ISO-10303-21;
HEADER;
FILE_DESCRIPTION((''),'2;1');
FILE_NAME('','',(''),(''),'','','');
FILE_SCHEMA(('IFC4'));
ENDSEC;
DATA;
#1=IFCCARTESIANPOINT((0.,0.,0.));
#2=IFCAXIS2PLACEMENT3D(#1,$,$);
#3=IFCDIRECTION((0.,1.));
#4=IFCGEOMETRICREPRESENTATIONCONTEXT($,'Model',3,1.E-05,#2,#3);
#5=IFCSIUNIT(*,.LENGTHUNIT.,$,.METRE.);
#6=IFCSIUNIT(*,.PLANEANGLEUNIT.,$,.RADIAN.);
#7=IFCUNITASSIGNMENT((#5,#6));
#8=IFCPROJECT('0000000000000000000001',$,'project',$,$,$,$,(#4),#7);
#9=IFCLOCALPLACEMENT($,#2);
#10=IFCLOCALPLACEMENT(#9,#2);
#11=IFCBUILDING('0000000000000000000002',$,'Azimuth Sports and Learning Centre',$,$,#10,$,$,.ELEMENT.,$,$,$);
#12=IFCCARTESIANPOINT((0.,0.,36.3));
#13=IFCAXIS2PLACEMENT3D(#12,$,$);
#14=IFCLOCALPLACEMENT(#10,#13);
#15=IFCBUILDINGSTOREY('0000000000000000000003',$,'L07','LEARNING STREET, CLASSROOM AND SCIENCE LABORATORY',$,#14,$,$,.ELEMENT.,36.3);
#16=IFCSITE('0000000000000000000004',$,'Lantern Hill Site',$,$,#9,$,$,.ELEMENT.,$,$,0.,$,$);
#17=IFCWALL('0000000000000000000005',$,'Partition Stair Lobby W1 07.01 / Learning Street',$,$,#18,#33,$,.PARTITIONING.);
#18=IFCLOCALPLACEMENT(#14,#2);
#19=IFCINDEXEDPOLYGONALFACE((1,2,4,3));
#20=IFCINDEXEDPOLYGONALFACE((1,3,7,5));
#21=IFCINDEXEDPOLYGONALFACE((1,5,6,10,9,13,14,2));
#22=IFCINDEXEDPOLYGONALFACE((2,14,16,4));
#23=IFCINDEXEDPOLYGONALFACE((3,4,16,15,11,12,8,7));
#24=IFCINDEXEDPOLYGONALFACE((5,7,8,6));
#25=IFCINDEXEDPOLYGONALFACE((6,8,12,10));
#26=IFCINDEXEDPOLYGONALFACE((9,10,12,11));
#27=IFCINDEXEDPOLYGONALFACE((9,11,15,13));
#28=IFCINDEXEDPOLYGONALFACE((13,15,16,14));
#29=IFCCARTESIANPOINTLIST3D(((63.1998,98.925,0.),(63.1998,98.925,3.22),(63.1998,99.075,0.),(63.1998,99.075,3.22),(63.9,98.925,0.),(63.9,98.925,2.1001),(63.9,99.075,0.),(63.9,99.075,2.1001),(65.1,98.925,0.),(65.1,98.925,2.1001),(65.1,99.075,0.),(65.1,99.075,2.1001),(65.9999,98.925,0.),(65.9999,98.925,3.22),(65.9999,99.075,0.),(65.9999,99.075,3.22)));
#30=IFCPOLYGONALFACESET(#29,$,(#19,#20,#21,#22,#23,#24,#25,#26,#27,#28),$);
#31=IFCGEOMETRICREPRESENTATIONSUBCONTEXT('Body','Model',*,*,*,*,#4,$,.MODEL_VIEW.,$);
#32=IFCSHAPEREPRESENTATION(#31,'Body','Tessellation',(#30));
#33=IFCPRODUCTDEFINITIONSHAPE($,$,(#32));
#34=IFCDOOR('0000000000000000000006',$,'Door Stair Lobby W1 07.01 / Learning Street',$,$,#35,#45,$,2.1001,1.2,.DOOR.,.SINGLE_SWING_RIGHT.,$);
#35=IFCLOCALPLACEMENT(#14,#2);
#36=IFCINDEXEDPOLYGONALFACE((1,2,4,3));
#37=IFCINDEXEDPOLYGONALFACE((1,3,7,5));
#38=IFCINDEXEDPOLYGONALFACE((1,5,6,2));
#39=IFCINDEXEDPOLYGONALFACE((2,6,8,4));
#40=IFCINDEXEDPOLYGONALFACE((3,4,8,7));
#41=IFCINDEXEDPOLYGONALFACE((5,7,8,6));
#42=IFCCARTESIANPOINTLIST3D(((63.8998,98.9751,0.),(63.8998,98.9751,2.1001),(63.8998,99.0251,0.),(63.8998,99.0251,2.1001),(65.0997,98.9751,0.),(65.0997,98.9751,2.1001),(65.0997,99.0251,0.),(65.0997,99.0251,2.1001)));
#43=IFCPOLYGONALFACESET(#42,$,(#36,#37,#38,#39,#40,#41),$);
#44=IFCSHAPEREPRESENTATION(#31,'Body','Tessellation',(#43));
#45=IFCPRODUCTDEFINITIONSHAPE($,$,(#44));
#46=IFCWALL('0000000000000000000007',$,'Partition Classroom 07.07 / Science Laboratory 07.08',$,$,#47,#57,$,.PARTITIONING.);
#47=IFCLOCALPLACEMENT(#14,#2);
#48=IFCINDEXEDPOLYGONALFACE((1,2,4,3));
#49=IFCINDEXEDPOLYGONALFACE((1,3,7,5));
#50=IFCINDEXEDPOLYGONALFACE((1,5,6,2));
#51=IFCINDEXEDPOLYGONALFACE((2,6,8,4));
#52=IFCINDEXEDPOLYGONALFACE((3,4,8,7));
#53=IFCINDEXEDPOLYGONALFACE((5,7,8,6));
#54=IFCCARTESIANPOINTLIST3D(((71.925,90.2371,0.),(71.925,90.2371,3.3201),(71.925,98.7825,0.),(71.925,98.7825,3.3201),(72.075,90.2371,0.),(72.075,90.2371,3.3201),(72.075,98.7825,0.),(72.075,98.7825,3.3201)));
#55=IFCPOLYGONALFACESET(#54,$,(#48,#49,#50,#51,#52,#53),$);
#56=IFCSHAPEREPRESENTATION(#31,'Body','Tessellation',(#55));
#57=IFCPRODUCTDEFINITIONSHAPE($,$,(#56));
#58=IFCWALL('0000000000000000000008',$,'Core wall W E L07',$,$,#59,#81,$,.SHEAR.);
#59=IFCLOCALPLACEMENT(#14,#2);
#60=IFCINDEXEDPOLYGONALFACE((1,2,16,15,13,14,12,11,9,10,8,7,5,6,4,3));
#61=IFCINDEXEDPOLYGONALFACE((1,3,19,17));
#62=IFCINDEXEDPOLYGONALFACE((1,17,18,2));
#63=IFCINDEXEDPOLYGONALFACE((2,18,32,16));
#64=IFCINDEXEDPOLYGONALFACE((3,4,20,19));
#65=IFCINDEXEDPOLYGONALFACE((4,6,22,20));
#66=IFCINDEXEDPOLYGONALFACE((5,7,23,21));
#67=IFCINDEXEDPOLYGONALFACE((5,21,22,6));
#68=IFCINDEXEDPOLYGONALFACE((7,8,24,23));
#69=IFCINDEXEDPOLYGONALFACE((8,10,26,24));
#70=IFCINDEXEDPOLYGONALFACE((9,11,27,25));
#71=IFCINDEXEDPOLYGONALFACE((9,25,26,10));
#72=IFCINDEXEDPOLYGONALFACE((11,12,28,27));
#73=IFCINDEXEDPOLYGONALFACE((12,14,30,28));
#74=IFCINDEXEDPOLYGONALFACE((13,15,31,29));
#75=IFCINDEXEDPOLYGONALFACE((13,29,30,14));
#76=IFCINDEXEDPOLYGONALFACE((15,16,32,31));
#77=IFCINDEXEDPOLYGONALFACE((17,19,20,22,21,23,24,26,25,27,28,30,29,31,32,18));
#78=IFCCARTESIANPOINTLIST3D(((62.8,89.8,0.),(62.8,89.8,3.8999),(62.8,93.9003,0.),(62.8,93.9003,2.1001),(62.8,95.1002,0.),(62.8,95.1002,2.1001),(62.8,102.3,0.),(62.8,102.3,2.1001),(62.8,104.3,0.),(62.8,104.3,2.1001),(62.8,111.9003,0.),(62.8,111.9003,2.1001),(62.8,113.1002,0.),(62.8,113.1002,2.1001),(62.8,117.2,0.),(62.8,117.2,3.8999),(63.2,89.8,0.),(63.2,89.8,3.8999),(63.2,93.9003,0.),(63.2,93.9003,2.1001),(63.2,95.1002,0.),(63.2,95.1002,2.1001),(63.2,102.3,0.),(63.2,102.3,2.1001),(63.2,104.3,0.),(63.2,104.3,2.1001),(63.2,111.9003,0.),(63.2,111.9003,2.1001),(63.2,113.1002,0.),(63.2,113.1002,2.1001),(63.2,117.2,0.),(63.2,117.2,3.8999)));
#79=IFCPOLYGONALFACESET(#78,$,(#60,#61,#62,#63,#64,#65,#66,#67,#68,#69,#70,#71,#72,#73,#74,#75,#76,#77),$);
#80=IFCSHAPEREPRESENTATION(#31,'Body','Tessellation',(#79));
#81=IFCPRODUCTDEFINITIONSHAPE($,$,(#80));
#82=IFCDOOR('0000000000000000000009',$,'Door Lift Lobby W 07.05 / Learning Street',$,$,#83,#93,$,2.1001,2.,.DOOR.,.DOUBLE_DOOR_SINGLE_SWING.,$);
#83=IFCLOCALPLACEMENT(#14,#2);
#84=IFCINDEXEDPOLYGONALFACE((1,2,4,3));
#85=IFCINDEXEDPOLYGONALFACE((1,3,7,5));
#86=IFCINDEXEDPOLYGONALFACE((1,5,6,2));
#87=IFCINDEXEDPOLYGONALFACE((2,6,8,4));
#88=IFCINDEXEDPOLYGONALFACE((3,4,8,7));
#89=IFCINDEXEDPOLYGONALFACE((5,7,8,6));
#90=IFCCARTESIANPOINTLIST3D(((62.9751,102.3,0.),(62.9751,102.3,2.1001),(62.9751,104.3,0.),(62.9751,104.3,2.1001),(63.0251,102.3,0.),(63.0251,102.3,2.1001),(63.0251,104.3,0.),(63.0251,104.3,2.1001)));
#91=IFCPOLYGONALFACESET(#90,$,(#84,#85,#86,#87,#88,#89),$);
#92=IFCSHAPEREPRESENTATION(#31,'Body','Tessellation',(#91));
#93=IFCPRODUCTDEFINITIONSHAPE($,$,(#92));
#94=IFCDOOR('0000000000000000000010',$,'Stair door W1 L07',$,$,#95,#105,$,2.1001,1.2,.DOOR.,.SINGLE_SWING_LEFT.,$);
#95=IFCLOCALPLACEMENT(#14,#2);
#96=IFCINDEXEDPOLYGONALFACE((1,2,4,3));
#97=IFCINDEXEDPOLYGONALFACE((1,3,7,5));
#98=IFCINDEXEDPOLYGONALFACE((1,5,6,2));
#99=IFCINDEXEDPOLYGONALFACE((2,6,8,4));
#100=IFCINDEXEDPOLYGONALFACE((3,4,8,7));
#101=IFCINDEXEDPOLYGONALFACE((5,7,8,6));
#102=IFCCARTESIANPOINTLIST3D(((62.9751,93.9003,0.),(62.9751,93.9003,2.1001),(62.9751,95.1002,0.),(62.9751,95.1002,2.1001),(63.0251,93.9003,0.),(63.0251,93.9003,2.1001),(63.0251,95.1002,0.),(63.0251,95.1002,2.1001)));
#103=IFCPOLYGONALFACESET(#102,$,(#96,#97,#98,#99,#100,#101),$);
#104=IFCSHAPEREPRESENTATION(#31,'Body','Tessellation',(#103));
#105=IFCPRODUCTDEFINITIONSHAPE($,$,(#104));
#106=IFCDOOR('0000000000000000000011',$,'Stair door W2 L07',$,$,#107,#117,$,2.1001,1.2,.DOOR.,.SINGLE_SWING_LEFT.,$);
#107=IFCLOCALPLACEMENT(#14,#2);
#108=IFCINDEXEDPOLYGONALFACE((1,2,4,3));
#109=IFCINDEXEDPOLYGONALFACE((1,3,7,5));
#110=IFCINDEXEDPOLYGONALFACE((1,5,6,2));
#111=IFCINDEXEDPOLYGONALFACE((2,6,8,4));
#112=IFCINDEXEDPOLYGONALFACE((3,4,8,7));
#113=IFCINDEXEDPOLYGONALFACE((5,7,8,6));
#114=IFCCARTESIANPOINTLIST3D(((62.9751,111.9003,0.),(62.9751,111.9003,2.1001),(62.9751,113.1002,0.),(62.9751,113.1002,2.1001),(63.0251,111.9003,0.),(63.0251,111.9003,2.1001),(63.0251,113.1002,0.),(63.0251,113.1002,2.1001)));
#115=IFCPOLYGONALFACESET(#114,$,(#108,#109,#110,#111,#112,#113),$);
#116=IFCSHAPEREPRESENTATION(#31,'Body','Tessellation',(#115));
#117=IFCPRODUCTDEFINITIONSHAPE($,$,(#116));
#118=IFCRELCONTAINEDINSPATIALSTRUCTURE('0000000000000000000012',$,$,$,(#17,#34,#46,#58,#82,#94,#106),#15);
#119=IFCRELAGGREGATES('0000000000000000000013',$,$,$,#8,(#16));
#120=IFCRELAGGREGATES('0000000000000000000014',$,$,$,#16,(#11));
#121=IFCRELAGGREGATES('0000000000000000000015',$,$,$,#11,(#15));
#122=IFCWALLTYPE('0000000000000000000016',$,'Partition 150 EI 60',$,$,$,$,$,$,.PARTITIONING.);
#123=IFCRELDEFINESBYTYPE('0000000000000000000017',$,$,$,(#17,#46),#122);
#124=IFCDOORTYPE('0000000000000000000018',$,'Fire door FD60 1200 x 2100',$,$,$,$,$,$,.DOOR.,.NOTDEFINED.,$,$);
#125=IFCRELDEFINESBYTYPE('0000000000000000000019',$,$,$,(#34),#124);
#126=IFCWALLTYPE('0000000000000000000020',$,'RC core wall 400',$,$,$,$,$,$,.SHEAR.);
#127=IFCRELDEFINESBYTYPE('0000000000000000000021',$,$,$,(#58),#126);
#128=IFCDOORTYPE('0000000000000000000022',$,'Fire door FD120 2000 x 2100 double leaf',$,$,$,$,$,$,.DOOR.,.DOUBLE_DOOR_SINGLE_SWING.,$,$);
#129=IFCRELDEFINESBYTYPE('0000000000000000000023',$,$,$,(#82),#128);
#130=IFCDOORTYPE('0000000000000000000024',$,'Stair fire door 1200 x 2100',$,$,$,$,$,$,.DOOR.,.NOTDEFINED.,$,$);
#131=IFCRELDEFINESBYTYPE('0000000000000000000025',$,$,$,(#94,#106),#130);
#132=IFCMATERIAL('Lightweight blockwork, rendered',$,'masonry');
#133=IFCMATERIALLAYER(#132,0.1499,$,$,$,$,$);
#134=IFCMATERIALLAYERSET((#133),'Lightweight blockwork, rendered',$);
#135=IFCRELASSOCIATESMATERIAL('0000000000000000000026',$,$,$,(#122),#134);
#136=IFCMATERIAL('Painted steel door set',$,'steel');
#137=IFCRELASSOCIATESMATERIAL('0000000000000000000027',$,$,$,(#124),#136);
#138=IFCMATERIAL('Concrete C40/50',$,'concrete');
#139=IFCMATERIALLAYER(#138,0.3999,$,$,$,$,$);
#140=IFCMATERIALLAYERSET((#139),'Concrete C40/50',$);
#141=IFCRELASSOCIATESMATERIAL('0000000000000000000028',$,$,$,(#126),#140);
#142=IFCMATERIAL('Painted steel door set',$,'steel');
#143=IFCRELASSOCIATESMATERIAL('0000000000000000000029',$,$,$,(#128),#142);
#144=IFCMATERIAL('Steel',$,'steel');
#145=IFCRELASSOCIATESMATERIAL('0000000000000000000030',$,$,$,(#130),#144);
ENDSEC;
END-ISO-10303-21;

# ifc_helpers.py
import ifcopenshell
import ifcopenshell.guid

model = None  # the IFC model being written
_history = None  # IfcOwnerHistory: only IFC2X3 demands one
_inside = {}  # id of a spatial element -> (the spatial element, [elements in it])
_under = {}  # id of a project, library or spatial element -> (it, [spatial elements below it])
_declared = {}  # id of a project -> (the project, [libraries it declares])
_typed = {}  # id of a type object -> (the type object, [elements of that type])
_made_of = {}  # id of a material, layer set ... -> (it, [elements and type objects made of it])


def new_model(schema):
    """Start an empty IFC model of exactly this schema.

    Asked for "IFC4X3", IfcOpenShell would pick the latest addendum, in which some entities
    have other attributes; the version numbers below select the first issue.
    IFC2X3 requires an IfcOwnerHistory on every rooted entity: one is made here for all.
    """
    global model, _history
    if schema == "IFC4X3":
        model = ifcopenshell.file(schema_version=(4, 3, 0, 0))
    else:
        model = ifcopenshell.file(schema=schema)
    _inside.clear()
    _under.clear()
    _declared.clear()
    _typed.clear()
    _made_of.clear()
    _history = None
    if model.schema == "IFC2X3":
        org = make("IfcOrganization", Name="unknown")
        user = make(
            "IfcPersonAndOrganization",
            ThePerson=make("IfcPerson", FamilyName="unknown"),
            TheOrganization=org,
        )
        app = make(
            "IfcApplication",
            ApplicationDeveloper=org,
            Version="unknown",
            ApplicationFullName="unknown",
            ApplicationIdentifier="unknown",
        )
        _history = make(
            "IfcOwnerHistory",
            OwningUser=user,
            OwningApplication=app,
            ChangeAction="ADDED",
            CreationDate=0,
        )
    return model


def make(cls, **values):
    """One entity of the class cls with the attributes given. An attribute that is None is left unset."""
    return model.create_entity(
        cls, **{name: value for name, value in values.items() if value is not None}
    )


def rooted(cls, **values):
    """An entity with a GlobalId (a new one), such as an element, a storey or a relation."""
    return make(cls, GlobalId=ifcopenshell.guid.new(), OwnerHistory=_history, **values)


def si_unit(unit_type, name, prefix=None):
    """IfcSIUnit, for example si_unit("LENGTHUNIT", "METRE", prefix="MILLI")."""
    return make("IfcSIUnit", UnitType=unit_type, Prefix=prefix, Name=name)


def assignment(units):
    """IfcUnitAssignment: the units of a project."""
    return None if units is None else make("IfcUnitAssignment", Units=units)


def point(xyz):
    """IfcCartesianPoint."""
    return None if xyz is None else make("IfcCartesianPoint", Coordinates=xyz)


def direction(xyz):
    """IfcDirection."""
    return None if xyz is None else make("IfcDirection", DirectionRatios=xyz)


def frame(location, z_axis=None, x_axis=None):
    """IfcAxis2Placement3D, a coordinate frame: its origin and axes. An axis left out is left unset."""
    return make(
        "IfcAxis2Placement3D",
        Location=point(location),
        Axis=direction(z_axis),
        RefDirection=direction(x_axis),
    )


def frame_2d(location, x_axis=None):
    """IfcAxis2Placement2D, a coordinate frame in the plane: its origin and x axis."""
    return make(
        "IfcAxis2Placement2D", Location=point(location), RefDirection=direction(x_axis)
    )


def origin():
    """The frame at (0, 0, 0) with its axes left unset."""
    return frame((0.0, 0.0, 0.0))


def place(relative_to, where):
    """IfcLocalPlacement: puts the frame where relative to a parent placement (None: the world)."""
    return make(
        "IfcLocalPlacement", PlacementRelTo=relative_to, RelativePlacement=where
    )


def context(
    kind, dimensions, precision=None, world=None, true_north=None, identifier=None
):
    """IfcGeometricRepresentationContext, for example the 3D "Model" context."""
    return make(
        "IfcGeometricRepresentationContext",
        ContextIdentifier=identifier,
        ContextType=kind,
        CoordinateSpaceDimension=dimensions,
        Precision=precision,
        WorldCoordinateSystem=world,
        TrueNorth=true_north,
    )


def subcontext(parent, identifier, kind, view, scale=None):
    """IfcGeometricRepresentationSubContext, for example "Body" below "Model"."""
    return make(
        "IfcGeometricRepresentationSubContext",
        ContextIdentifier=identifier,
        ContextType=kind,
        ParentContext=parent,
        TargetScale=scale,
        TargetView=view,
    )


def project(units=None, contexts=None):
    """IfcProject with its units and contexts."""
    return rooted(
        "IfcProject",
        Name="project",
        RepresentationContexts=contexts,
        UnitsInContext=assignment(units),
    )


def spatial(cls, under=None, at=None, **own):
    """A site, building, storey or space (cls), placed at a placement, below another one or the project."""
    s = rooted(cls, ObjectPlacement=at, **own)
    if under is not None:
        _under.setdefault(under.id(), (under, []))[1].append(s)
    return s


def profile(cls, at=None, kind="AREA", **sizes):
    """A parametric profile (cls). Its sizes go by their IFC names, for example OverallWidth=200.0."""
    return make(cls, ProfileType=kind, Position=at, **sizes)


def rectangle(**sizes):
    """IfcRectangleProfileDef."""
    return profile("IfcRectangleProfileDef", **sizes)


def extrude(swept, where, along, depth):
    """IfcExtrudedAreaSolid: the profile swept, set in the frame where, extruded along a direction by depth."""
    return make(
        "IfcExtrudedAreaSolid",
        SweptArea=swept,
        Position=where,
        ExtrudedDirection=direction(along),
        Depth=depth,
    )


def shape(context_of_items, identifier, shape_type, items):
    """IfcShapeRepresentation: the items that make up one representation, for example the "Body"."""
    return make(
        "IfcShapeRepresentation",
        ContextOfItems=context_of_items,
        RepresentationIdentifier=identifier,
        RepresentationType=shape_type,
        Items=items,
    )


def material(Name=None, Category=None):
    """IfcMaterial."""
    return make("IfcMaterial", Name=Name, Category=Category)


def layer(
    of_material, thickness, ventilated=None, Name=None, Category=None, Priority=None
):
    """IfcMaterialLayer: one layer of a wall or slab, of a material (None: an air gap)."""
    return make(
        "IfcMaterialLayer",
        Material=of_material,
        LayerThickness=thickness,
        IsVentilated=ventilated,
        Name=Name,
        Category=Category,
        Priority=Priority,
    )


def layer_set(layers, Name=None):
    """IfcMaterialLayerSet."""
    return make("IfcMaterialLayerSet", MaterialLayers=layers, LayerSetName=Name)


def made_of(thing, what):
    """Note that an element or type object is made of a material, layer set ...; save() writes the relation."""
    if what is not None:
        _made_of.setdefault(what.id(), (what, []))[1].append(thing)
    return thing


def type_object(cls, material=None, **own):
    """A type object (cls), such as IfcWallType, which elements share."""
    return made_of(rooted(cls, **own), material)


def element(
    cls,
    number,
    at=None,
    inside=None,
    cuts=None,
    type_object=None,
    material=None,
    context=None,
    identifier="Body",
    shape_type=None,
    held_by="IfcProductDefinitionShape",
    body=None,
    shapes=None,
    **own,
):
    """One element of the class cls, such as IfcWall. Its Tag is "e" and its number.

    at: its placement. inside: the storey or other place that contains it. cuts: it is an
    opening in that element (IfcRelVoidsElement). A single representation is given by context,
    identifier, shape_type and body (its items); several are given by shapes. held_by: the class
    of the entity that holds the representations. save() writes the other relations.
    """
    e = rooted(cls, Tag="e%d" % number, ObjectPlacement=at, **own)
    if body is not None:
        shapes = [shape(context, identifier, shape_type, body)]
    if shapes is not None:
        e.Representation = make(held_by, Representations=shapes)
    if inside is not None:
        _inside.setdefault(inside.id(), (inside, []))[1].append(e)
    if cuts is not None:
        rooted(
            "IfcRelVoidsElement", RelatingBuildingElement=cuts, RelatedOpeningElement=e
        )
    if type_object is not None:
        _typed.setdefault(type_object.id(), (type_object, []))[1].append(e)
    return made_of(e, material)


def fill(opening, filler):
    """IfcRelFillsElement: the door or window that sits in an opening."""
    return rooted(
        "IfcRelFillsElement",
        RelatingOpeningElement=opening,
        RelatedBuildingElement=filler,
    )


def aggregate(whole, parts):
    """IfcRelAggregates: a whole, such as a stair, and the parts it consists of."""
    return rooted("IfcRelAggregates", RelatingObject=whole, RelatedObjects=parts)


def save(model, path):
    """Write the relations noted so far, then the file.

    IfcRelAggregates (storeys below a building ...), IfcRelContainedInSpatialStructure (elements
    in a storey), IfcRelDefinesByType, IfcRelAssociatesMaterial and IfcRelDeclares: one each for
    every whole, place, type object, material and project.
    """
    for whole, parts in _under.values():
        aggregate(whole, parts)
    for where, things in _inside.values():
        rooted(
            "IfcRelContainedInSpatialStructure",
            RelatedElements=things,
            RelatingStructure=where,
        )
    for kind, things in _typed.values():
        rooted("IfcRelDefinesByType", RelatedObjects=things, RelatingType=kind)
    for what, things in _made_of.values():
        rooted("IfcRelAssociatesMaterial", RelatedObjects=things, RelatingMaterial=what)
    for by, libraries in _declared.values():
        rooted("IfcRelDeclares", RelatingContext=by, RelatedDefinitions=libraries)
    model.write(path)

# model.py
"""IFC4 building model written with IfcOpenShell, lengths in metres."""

from ifc_helpers import new_model, si_unit, direction, frame, frame_2d, origin, place, context, subcontext, project, spatial, rectangle, extrude, material, layer, layer_set, type_object, element, fill, save


model = new_model("IFC4")

# Units and contexts
model_context = context("Model", 3, precision=1e-05, world=origin(), true_north=direction((0.0, 1.0)))
body_context = subcontext(model_context, "Body", "Model", "MODEL_VIEW")
ifc_project = project(units=[si_unit("LENGTHUNIT", "METRE"), si_unit("PLANEANGLEUNIT", "RADIAN")], contexts=[model_context])

# Site, building, storey
site_placement = place(None, origin())
site = spatial("IfcSite", under=ifc_project, at=site_placement, Name="Lantern Hill Site", CompositionType="ELEMENT", RefElevation=0.0)
building_placement = place(site_placement, origin())
building = spatial("IfcBuilding", under=site, at=building_placement, Name="Azimuth Sports and Learning Centre", CompositionType="ELEMENT")
storey_placement = place(building_placement, frame((0.0, 0.0, 36.3)))
storey = spatial("IfcBuildingStorey", under=building, at=storey_placement, Name="L07", Description="LEARNING STREET, CLASSROOM AND SCIENCE LABORATORY", CompositionType="ELEMENT", Elevation=36.3)

# Wall, opening, door
ifc_material_1 = material(Name="Lightweight blockwork, rendered", Category="masonry")
ifc_layer_1 = layer(ifc_material_1, 0.1499)
ifc_layer_set_1 = layer_set([ifc_layer_1], Name="Lightweight blockwork, rendered")
wall_type_1 = type_object("IfcWallType", Name="Partition 150 EI 60", PredefinedType="PARTITIONING", material=ifc_layer_set_1)
wall_1_placement = place(storey_placement, frame((63.2, 99.0, 0.0), z_axis=(0.0, 0.0, 1.0), x_axis=(1.0, 0.0, 0.0)))
wall_1 = element("IfcWall", 1, at=wall_1_placement, inside=storey, type_object=wall_type_1, Name="Partition Stair Lobby W1 07.01 / Learning Street", PredefinedType="PARTITIONING", context=body_context, shape_type="SweptSolid", body=[
    extrude(rectangle(XDim=2.8, YDim=0.1499, at=frame_2d((1.3999, 0.0))), origin(), (0.0, 0.0, 1.0), 3.22),
])
opening_1_placement = place(wall_1_placement, frame((0.7, 0.0, 0.0)))
opening_1 = element("IfcOpeningElement", 2, at=opening_1_placement, cuts=wall_1, PredefinedType="OPENING", context=body_context, shape_type="SweptSolid", body=[
    extrude(rectangle(XDim=1.2, YDim=2.1001, at=frame_2d((0.6001, 1.05))), frame((0.0, 0.0859, 0.0), z_axis=(0.0, -1.0, 0.0), x_axis=(1.0, 0.0, 0.0)), (0.0, 0.0, 1.0), 0.1719),
])
ifc_material_2 = material(Name="Painted steel door set", Category="steel")
door_type_1 = type_object("IfcDoorType", Name="Fire door FD60 1200 x 2100", OperationType="NOTDEFINED", PredefinedType="DOOR", material=ifc_material_2)
door_1_placement = place(opening_1_placement, frame((1.2, 0.0, 0.0), z_axis=(0.0, 0.0, 1.0), x_axis=(-1.0, 0.0, 0.0)))
door_1 = element("IfcDoor", 3, at=door_1_placement, inside=storey, type_object=door_type_1, Name="Door Stair Lobby W1 07.01 / Learning Street", OperationType="SINGLE_SWING_RIGHT", OverallHeight=2.1001, OverallWidth=1.2, PredefinedType="DOOR", context=body_context, shape_type="SweptSolid", body=[
    extrude(rectangle(XDim=1.2, YDim=2.1001, at=frame_2d((0.6001, 1.05))), frame((0.0, 0.0249, 0.0), z_axis=(0.0, -1.0, 0.0), x_axis=(1.0, 0.0, 0.0)), (0.0, 0.0, 1.0), 0.05),
])
fill(opening_1, door_1)

# Wall
wall_2_placement = place(storey_placement, frame((72.0, 90.2371, 0.0), z_axis=(0.0, 0.0, 1.0), x_axis=(0.0, 1.0, 0.0)))
element("IfcWall", 4, at=wall_2_placement, inside=storey, type_object=wall_type_1, Name="Partition Classroom 07.07 / Science Laboratory 07.08", PredefinedType="PARTITIONING", context=body_context, shape_type="SweptSolid", body=[
    extrude(rectangle(XDim=8.5454, YDim=0.1499, at=frame_2d((4.2727, 0.0))), origin(), (0.0, 0.0, 1.0), 3.3201),
])

# Wall, openings, doors
ifc_material_3 = material(Name="Concrete C40/50", Category="concrete")
ifc_layer_2 = layer(ifc_material_3, 0.3999)
ifc_layer_set_2 = layer_set([ifc_layer_2], Name="Concrete C40/50")
wall_type_2 = type_object("IfcWallType", Name="RC core wall 400", PredefinedType="SHEAR", material=ifc_layer_set_2)
wall_3_placement = place(storey_placement, frame((63.0, 89.8, 0.0), z_axis=(0.0, 0.0, 1.0), x_axis=(0.0, 1.0, 0.0)))
wall_3 = element("IfcWall", 5, at=wall_3_placement, inside=storey, type_object=wall_type_2, Name="Core wall W E L07", PredefinedType="SHEAR", context=body_context, shape_type="SweptSolid", body=[
    extrude(rectangle(XDim=27.3999, YDim=0.3999, at=frame_2d((13.7, 0.0))), origin(), (0.0, 0.0, 1.0), 3.8999),
])
opening_2_placement = place(wall_3_placement, frame((4.1001, 0.0, 0.0)))
opening_2 = element("IfcOpeningElement", 6, at=opening_2_placement, cuts=wall_3, PredefinedType="OPENING", context=body_context, shape_type="SweptSolid", body=[
    extrude(rectangle(XDim=1.2, YDim=2.1001, at=frame_2d((0.6001, 1.05))), frame((0.0, 0.2109, 0.0), z_axis=(0.0, -1.0, 0.0), x_axis=(1.0, 0.0, 0.0)), (0.0, 0.0, 1.0), 0.4219),
])
opening_3_placement = place(wall_3_placement, frame((22.1001, 0.0, 0.0)))
opening_3 = element("IfcOpeningElement", 7, at=opening_3_placement, cuts=wall_3, PredefinedType="OPENING", context=body_context, shape_type="SweptSolid", body=[
    extrude(rectangle(XDim=1.2, YDim=2.1001, at=frame_2d((0.6001, 1.05))), frame((0.0, 0.2109, 0.0), z_axis=(0.0, -1.0, 0.0), x_axis=(1.0, 0.0, 0.0)), (0.0, 0.0, 1.0), 0.4219),
])
opening_4_placement = place(wall_3_placement, frame((12.5, 0.0, 0.0)))
opening_4 = element("IfcOpeningElement", 8, at=opening_4_placement, cuts=wall_3, PredefinedType="OPENING", context=body_context, shape_type="SweptSolid", body=[
    extrude(rectangle(XDim=2.0, YDim=2.1001, at=frame_2d((1.0, 1.05))), frame((0.0, 0.2109, 0.0), z_axis=(0.0, -1.0, 0.0), x_axis=(1.0, 0.0, 0.0)), (0.0, 0.0, 1.0), 0.4219),
])
ifc_material_4 = material(Name="Painted steel door set", Category="steel")
door_type_2 = type_object("IfcDoorType", Name="Fire door FD120 2000 x 2100 double leaf", OperationType="DOUBLE_DOOR_SINGLE_SWING", PredefinedType="DOOR", material=ifc_material_4)
door_2_placement = place(opening_4_placement, origin())
door_2 = element("IfcDoor", 9, at=door_2_placement, inside=storey, type_object=door_type_2, Name="Door Lift Lobby W 07.05 / Learning Street", OperationType="DOUBLE_DOOR_SINGLE_SWING", OverallHeight=2.1001, OverallWidth=2.0, PredefinedType="DOOR", context=body_context, shape_type="SweptSolid", body=[
    extrude(rectangle(XDim=2.0, YDim=2.1001, at=frame_2d((1.0, 1.05))), frame((0.0, 0.0249, 0.0), z_axis=(0.0, -1.0, 0.0), x_axis=(1.0, 0.0, 0.0)), (0.0, 0.0, 1.0), 0.05),
])
fill(opening_4, door_2)
ifc_material_5 = material(Name="Steel", Category="steel")
door_type_3 = type_object("IfcDoorType", Name="Stair fire door 1200 x 2100", OperationType="NOTDEFINED", PredefinedType="DOOR", material=ifc_material_5)
door_3_placement = place(opening_2_placement, origin())
door_3 = element("IfcDoor", 10, at=door_3_placement, inside=storey, type_object=door_type_3, Name="Stair door W1 L07", OperationType="SINGLE_SWING_LEFT", OverallHeight=2.1001, OverallWidth=1.2, PredefinedType="DOOR", context=body_context, shape_type="SweptSolid", body=[
    extrude(rectangle(XDim=1.2, YDim=2.1001, at=frame_2d((0.6001, 1.05))), frame((0.0, 0.0249, 0.0), z_axis=(0.0, -1.0, 0.0), x_axis=(1.0, 0.0, 0.0)), (0.0, 0.0, 1.0), 0.05),
])
fill(opening_2, door_3)
door_4_placement = place(opening_3_placement, origin())
door_4 = element("IfcDoor", 11, at=door_4_placement, inside=storey, type_object=door_type_3, Name="Stair door W2 L07", OperationType="SINGLE_SWING_LEFT", OverallHeight=2.1001, OverallWidth=1.2, PredefinedType="DOOR", context=body_context, shape_type="SweptSolid", body=[
    extrude(rectangle(XDim=1.2, YDim=2.1001, at=frame_2d((0.6001, 1.05))), frame((0.0, 0.0249, 0.0), z_axis=(0.0, -1.0, 0.0), x_axis=(1.0, 0.0, 0.0)), (0.0, 0.0, 1.0), 0.05),
])
fill(opening_3, door_4)

save(model, "model.ifc")
